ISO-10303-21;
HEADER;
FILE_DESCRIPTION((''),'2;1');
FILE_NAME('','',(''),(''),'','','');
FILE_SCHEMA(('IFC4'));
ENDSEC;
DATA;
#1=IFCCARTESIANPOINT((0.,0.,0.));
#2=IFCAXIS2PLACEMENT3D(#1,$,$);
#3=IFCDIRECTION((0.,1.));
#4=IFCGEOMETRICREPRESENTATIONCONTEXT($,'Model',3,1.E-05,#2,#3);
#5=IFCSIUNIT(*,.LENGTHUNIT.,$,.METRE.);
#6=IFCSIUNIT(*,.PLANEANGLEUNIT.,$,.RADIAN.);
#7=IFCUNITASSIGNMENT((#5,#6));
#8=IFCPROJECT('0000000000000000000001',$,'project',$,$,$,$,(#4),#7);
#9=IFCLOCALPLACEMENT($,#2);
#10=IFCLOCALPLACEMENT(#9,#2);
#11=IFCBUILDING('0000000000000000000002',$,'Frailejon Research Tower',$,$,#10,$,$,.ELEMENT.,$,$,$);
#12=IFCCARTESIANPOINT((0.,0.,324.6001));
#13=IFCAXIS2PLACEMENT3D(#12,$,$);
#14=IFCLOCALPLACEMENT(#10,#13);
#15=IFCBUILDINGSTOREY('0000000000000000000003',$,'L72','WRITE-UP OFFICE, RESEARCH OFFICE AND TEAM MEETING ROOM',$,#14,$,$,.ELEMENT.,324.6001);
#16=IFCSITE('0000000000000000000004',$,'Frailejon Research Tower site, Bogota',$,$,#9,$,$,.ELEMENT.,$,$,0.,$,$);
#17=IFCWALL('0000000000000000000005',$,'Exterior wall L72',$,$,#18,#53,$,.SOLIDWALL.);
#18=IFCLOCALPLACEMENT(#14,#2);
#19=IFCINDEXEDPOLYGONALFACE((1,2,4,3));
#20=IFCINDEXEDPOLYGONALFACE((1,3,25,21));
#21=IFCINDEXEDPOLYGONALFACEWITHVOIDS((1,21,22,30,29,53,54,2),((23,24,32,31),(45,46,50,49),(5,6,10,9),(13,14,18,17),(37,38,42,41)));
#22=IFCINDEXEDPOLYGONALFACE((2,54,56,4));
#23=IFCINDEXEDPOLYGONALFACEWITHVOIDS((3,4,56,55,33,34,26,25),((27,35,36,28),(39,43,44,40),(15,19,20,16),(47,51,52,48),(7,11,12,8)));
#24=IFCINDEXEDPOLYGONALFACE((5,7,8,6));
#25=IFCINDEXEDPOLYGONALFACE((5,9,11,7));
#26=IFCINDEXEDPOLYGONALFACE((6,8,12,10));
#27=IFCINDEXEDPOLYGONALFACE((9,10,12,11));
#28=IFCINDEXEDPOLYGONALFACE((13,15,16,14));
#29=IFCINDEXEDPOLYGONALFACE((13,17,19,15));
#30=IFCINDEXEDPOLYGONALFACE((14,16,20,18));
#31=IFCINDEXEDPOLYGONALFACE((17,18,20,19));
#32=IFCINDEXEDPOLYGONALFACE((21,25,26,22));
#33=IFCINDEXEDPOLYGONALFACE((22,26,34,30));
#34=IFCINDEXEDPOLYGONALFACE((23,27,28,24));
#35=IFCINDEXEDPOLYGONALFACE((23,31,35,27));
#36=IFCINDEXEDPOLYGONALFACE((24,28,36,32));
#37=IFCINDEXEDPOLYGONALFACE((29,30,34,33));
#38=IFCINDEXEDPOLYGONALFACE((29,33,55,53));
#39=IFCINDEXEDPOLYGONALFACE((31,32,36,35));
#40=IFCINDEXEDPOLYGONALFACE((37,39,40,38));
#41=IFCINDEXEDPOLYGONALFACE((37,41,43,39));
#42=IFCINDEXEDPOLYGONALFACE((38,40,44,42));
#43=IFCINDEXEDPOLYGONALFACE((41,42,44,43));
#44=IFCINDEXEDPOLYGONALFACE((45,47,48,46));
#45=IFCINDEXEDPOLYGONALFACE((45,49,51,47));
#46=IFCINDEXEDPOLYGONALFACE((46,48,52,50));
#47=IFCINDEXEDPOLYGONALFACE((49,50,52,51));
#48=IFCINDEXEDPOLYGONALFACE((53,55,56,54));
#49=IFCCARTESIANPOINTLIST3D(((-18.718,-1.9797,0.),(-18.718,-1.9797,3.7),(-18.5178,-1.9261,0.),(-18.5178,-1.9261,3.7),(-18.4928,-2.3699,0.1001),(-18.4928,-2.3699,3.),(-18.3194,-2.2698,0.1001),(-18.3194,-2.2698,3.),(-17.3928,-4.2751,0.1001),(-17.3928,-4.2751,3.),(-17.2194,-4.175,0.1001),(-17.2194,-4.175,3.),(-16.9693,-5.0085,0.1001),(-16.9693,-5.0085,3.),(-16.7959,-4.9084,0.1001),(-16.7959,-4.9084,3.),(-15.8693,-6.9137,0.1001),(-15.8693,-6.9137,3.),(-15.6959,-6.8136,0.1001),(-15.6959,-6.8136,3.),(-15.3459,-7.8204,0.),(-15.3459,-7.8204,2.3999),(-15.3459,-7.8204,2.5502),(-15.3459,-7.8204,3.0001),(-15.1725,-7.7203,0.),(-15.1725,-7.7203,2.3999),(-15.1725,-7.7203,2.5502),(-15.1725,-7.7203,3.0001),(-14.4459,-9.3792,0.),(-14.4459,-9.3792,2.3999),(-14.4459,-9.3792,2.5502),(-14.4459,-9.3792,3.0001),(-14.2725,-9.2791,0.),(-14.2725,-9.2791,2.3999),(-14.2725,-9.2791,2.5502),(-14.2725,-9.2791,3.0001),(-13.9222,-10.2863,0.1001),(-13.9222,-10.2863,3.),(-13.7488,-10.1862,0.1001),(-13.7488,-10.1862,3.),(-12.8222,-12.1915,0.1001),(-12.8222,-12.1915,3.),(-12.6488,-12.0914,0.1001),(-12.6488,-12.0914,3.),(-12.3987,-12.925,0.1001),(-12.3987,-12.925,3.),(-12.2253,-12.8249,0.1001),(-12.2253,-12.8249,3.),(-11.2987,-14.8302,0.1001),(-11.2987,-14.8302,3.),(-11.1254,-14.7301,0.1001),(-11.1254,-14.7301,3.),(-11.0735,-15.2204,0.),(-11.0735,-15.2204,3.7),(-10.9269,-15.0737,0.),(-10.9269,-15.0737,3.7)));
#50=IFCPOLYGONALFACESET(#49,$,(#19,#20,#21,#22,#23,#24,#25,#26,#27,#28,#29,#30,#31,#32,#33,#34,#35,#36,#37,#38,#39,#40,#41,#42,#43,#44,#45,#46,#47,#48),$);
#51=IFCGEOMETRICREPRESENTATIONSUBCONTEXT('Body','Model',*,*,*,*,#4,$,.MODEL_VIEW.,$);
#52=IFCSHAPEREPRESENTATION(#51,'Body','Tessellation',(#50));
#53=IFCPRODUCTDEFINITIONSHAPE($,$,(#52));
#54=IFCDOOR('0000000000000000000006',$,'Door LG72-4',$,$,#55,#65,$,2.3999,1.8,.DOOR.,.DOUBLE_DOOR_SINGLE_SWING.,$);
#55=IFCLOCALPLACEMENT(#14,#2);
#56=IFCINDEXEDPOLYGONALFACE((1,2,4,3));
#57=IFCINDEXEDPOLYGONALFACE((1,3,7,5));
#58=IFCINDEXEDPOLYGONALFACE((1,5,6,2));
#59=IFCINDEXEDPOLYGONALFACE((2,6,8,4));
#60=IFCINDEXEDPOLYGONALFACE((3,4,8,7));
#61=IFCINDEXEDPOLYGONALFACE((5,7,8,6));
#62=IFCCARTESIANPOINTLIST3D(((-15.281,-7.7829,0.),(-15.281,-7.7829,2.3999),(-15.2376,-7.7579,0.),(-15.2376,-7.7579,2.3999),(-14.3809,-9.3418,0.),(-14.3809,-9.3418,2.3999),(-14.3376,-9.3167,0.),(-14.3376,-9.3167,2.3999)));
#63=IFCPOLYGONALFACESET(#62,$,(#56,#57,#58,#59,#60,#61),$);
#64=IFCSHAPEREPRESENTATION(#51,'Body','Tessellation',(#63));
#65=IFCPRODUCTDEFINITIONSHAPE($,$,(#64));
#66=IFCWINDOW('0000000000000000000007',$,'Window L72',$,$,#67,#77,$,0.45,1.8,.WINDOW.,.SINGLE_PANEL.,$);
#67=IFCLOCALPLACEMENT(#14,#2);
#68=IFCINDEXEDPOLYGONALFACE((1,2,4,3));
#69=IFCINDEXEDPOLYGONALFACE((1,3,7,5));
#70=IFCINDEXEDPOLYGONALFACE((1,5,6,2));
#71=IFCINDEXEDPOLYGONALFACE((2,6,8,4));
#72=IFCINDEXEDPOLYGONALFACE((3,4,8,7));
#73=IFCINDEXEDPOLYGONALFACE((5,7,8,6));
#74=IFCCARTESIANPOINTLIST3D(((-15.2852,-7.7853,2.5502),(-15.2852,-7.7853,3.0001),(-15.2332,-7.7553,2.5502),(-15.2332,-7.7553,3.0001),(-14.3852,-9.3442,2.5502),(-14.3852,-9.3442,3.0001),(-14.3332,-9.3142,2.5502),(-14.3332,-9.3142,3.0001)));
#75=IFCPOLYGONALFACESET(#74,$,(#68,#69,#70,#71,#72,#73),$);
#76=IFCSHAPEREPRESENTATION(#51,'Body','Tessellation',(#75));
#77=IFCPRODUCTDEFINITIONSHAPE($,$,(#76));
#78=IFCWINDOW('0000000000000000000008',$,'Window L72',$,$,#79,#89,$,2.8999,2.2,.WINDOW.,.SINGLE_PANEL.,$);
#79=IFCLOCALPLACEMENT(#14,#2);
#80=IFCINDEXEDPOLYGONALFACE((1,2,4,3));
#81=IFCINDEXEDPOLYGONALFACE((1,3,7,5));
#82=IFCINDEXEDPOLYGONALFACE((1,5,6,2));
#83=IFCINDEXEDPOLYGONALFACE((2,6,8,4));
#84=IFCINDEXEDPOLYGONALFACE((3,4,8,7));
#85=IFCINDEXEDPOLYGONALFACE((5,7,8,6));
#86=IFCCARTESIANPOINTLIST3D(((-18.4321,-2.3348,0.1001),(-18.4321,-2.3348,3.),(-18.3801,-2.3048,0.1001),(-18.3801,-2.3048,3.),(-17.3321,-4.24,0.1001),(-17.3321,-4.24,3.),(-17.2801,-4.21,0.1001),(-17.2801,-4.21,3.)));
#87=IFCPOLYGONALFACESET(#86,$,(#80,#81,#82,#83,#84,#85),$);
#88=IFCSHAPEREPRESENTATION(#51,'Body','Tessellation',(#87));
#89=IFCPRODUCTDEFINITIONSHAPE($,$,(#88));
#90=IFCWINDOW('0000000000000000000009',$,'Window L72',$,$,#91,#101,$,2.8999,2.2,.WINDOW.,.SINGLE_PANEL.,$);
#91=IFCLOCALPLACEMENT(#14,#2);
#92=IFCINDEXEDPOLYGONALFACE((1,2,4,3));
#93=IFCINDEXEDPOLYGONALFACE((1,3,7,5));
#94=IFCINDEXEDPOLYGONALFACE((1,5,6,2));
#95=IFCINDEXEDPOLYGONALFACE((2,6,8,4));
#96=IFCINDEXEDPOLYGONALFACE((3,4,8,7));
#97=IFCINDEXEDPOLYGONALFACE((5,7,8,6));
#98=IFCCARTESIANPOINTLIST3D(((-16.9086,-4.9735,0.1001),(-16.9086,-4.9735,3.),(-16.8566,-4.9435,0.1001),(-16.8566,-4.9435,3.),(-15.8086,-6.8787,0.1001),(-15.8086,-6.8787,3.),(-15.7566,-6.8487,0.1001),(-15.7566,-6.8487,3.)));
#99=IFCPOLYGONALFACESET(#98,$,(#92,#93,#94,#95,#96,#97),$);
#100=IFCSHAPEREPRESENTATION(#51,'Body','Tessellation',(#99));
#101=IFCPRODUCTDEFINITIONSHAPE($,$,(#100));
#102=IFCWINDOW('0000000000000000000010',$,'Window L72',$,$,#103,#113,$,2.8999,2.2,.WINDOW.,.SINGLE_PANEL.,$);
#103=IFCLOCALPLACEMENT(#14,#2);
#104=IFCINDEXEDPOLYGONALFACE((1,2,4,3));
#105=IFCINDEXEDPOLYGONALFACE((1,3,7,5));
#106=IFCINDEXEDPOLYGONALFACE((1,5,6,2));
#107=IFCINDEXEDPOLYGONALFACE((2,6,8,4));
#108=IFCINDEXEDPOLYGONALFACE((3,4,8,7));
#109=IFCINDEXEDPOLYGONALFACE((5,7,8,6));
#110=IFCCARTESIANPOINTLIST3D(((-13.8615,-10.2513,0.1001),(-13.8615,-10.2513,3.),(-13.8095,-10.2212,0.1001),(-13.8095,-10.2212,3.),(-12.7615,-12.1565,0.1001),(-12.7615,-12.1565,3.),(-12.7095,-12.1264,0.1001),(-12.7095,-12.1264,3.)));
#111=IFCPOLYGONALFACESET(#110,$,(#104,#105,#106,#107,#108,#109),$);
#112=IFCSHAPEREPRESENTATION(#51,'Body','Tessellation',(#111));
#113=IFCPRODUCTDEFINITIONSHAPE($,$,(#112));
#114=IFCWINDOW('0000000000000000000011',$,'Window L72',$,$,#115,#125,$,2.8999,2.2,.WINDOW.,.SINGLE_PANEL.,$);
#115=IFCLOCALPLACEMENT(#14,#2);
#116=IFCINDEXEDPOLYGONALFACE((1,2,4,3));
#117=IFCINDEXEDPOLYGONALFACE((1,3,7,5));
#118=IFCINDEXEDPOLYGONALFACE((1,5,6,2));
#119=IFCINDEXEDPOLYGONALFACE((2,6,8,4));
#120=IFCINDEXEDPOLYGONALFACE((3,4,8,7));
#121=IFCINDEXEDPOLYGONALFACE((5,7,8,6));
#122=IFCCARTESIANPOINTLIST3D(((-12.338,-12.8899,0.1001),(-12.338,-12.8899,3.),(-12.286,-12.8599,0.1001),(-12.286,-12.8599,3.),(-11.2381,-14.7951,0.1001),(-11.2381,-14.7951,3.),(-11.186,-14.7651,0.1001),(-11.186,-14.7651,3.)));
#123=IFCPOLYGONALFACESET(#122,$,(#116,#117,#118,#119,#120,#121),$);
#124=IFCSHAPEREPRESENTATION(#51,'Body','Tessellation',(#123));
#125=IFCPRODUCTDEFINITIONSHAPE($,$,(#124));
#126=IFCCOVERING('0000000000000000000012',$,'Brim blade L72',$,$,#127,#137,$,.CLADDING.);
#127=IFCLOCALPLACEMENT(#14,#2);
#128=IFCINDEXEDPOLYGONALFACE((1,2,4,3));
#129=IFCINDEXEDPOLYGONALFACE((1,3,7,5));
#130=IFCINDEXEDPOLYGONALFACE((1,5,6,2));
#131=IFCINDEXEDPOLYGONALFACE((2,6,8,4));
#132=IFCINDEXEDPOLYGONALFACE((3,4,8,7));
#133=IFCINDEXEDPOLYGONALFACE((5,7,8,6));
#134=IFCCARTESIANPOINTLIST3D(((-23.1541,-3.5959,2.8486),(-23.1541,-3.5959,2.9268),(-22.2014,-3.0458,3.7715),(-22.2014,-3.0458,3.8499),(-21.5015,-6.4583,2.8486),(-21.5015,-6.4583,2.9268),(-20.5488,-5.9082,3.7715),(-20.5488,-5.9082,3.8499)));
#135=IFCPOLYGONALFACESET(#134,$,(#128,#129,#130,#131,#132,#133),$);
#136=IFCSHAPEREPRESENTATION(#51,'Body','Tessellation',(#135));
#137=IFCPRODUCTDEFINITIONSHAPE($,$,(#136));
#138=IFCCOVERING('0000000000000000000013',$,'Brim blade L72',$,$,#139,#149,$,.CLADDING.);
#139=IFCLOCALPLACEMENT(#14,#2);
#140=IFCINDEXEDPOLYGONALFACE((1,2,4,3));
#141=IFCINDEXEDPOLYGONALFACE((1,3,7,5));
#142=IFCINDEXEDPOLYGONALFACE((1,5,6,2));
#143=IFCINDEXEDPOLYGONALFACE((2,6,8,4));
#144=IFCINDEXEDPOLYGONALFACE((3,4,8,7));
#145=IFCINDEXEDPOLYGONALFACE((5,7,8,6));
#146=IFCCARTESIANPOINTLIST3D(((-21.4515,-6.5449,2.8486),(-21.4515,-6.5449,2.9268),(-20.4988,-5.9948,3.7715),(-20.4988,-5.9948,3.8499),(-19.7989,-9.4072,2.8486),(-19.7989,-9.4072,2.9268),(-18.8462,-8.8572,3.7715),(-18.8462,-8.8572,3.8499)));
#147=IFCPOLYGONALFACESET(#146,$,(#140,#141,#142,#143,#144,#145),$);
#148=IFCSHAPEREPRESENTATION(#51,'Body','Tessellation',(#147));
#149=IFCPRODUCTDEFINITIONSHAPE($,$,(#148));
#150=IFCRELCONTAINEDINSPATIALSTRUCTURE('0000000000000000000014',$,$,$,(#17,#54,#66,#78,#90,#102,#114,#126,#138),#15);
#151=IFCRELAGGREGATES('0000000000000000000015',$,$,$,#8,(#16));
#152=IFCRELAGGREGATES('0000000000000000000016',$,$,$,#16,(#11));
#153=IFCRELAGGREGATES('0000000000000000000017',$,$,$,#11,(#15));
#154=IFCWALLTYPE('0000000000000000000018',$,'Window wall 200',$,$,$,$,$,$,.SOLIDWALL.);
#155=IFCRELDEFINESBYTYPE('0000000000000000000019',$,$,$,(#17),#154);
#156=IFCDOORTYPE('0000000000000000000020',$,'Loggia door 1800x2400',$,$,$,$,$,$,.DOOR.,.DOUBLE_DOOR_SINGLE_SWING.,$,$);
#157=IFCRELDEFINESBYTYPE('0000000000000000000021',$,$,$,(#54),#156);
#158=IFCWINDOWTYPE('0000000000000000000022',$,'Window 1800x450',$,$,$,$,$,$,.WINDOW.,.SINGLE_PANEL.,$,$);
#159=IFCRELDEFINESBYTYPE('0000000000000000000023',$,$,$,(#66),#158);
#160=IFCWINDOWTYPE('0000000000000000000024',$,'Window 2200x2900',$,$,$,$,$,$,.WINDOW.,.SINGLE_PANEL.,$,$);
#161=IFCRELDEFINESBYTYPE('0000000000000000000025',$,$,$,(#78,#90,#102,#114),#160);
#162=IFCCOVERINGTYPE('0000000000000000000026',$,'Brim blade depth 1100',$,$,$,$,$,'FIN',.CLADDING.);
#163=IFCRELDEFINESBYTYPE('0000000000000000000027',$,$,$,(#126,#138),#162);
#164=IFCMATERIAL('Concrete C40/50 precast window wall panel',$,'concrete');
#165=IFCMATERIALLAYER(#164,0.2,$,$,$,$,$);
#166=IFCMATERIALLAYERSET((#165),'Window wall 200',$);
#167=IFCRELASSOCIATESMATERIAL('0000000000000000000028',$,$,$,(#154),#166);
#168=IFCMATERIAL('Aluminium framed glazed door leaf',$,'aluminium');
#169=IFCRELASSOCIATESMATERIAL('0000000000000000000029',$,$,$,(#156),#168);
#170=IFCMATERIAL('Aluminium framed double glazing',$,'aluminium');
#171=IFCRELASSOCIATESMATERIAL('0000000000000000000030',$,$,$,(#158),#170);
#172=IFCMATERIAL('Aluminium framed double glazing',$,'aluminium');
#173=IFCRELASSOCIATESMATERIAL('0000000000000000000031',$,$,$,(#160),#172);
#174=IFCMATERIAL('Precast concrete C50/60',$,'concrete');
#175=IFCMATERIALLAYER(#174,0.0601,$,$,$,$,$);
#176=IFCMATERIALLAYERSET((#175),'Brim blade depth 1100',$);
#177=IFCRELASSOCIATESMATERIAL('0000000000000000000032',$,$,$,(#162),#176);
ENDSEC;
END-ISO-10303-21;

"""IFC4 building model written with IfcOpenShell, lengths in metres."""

from ifc_helpers import new_model, si_unit, direction, frame, frame_2d, origin, place, context, subcontext, project, spatial, polyline, rectangle, outline, extrude, material, layer, layer_set, type_object, element, fill, save


model = new_model("IFC4")

# Units and contexts
model_context = context("Model", 3, precision=1e-05, world=origin(), true_north=direction((0.0, 1.0)))
body_context = subcontext(model_context, "Body", "Model", "MODEL_VIEW")
ifc_project = project(units=[si_unit("LENGTHUNIT", "METRE"), si_unit("PLANEANGLEUNIT", "RADIAN")], contexts=[model_context])

# Site, building, storey
site_placement = place(None, origin())
site = spatial("IfcSite", under=ifc_project, at=site_placement, Name="Frailejon Research Tower site, Bogota", CompositionType="ELEMENT", RefElevation=0.0)
building_placement = place(site_placement, origin())
building = spatial("IfcBuilding", under=site, at=building_placement, Name="Frailejon Research Tower", CompositionType="ELEMENT")
storey_placement = place(building_placement, frame((0.0, 0.0, 324.6001)))
storey = spatial("IfcBuildingStorey", under=building, at=storey_placement, Name="L72", Description="WRITE-UP OFFICE, RESEARCH OFFICE AND TEAM MEETING ROOM", CompositionType="ELEMENT", Elevation=324.6001)

# Wall, openings, door, windows
ifc_material_1 = material(Name="Concrete C40/50 precast window wall panel", Category="concrete")
ifc_layer_1 = layer(ifc_material_1, 0.2)
ifc_layer_set_1 = layer_set([ifc_layer_1], Name="Window wall 200")
wall_type_1 = type_object("IfcWallType", Name="Window wall 200", PredefinedType="SOLIDWALL", material=ifc_layer_set_1)
wall_1_placement = place(storey_placement, frame((-18.6179, -1.9529, 0.0), z_axis=(0.0, 0.0, 1.0), x_axis=(0.500003, -0.866024, 0.0)))
wall_1 = element("IfcWall", 1, at=wall_1_placement, inside=storey, type_object=wall_type_1, Name="Exterior wall L72", PredefinedType="SOLIDWALL", context=body_context, shape_type="SweptSolid", body=[
    extrude(outline(polyline([(-0.0269, -0.1001), (0.9924, -0.1001), (2.0117, -0.1001), (3.031, -0.1001), (4.0503, -0.1001), (5.0696, -0.1001), (6.0889, -0.1001), (7.1082, -0.1001), (8.1272, -0.1001), (9.1465, -0.1001), (10.1658, -0.1001), (11.1851, -0.1001), (12.2043, -0.1001), (13.2236, -0.1001), (14.2429, -0.1001), (15.2622, -0.1001), (15.2085, 0.1001), (14.1963, 0.1001), (13.1843, 0.1001), (12.1721, 0.1001), (11.1602, 0.1001), (10.1479, 0.1001), (9.1357, 0.1001), (8.1238, 0.1001), (7.1116, 0.1001), (6.0996, 0.1001), (5.0874, 0.1001), (4.0752, 0.1001), (3.0632, 0.1001), (2.051, 0.1001), (1.0391, 0.1001), (0.0269, 0.1001), (-0.0269, -0.1001)])), origin(), (0.0, 0.0, 1.0), 3.7),
])
opening_1_placement = place(wall_1_placement, frame((0.4236, 0.0, 0.1001)))
opening_1 = element("IfcOpeningElement", 2, at=opening_1_placement, cuts=wall_1, PredefinedType="OPENING", context=body_context, shape_type="SweptSolid", body=[
    extrude(rectangle(XDim=2.2, YDim=2.8999, at=frame_2d((1.1001, 1.45))), frame((0.0, 0.1099, 0.0), z_axis=(0.0, -1.0, 0.0), x_axis=(1.0, 0.0, 0.0)), (0.0, 0.0, 1.0), 0.22),
])
opening_2_placement = place(wall_1_placement, frame((3.4705, 0.0, 0.1001)))
opening_2 = element("IfcOpeningElement", 3, at=opening_2_placement, cuts=wall_1, PredefinedType="OPENING", context=body_context, shape_type="SweptSolid", body=[
    extrude(rectangle(XDim=2.2, YDim=2.8999, at=frame_2d((1.1001, 1.45))), frame((0.0, 0.1099, 0.0), z_axis=(0.0, -1.0, 0.0), x_axis=(1.0, 0.0, 0.0)), (0.0, 0.0, 1.0), 0.22),
])
opening_3_placement = place(wall_1_placement, frame((6.7175, 0.0, 0.0)))
opening_3 = element("IfcOpeningElement", 4, at=opening_3_placement, cuts=wall_1, PredefinedType="OPENING", context=body_context, shape_type="SweptSolid", body=[
    extrude(rectangle(XDim=1.8, YDim=2.3999, at=frame_2d((0.8999, 1.2))), frame((0.0, 0.1099, 0.0), z_axis=(0.0, -1.0, 0.0), x_axis=(1.0, 0.0, 0.0)), (0.0, 0.0, 1.0), 0.22),
])
opening_4_placement = place(wall_1_placement, frame((6.7175, 0.0, 2.55)))
opening_4 = element("IfcOpeningElement", 5, at=opening_4_placement, cuts=wall_1, PredefinedType="OPENING", context=body_context, shape_type="SweptSolid", body=[
    extrude(rectangle(XDim=1.8, YDim=0.45, at=frame_2d((0.8999, 0.2251))), frame((0.0, 0.1099, 0.0), z_axis=(0.0, -1.0, 0.0), x_axis=(1.0, 0.0, 0.0)), (0.0, 0.0, 1.0), 0.22),
])
opening_5_placement = place(wall_1_placement, frame((9.5647, 0.0, 0.1001)))
opening_5 = element("IfcOpeningElement", 6, at=opening_5_placement, cuts=wall_1, PredefinedType="OPENING", context=body_context, shape_type="SweptSolid", body=[
    extrude(rectangle(XDim=2.2, YDim=2.8999, at=frame_2d((1.1001, 1.45))), frame((0.0, 0.1099, 0.0), z_axis=(0.0, -1.0, 0.0), x_axis=(1.0, 0.0, 0.0)), (0.0, 0.0, 1.0), 0.22),
])
opening_6_placement = place(wall_1_placement, frame((12.6116, 0.0, 0.1001)))
opening_6 = element("IfcOpeningElement", 7, at=opening_6_placement, cuts=wall_1, PredefinedType="OPENING", context=body_context, shape_type="SweptSolid", body=[
    extrude(rectangle(XDim=2.2, YDim=2.8999, at=frame_2d((1.1001, 1.45))), frame((0.0, 0.1099, 0.0), z_axis=(0.0, -1.0, 0.0), x_axis=(1.0, 0.0, 0.0)), (0.0, 0.0, 1.0), 0.22),
])
ifc_material_2 = material(Name="Aluminium framed glazed door leaf", Category="aluminium")
door_type = type_object("IfcDoorType", Name="Loggia door 1800x2400", OperationType="DOUBLE_DOOR_SINGLE_SWING", PredefinedType="DOOR", material=ifc_material_2)
door_placement = place(opening_3_placement, origin())
door = element("IfcDoor", 8, at=door_placement, inside=storey, type_object=door_type, Name="Door LG72-4", OperationType="DOUBLE_DOOR_SINGLE_SWING", OverallHeight=2.3999, OverallWidth=1.8, PredefinedType="DOOR", context=body_context, shape_type="SweptSolid", body=[
    extrude(rectangle(XDim=1.8, YDim=2.3999, at=frame_2d((0.8999, 1.2))), frame((0.0, 0.0249, 0.0), z_axis=(0.0, -1.0, 0.0), x_axis=(1.0, 0.0, 0.0)), (0.0, 0.0, 1.0), 0.05),
])
fill(opening_3, door)
ifc_material_3 = material(Name="Aluminium framed double glazing", Category="aluminium")
window_type_1 = type_object("IfcWindowType", Name="Window 1800x450", PartitioningType="SINGLE_PANEL", PredefinedType="WINDOW", material=ifc_material_3)
window_1_placement = place(opening_4_placement, origin())
window_1 = element("IfcWindow", 9, at=window_1_placement, inside=storey, type_object=window_type_1, Name="Window L72", OverallHeight=0.45, OverallWidth=1.8, PartitioningType="SINGLE_PANEL", PredefinedType="WINDOW", context=body_context, shape_type="SweptSolid", body=[
    extrude(rectangle(XDim=1.8, YDim=0.45, at=frame_2d((0.8999, 0.2251))), frame((0.0, 0.03, 0.0), z_axis=(0.0, -1.0, 0.0), x_axis=(1.0, 0.0, 0.0)), (0.0, 0.0, 1.0), 0.0601),
])
fill(opening_4, window_1)
ifc_material_4 = material(Name="Aluminium framed double glazing", Category="aluminium")
window_type_2 = type_object("IfcWindowType", Name="Window 2200x2900", PartitioningType="SINGLE_PANEL", PredefinedType="WINDOW", material=ifc_material_4)
window_2_placement = place(opening_1_placement, origin())
window_2 = element("IfcWindow", 10, at=window_2_placement, inside=storey, type_object=window_type_2, Name="Window L72", OverallHeight=2.8999, OverallWidth=2.2, PartitioningType="SINGLE_PANEL", PredefinedType="WINDOW", context=body_context, shape_type="SweptSolid", body=[
    extrude(rectangle(XDim=2.2, YDim=2.8999, at=frame_2d((1.1001, 1.45))), frame((0.0, 0.03, 0.0), z_axis=(0.0, -1.0, 0.0), x_axis=(1.0, 0.0, 0.0)), (0.0, 0.0, 1.0), 0.0601),
])
fill(opening_1, window_2)
window_3_placement = place(opening_2_placement, origin())
window_3 = element("IfcWindow", 11, at=window_3_placement, inside=storey, type_object=window_type_2, Name="Window L72", OverallHeight=2.8999, OverallWidth=2.2, PartitioningType="SINGLE_PANEL", PredefinedType="WINDOW", context=body_context, shape_type="SweptSolid", body=[
    extrude(rectangle(XDim=2.2, YDim=2.8999, at=frame_2d((1.1001, 1.45))), frame((0.0, 0.03, 0.0), z_axis=(0.0, -1.0, 0.0), x_axis=(1.0, 0.0, 0.0)), (0.0, 0.0, 1.0), 0.0601),
])
fill(opening_2, window_3)
window_4_placement = place(opening_5_placement, origin())
window_4 = element("IfcWindow", 12, at=window_4_placement, inside=storey, type_object=window_type_2, Name="Window L72", OverallHeight=2.8999, OverallWidth=2.2, PartitioningType="SINGLE_PANEL", PredefinedType="WINDOW", context=body_context, shape_type="SweptSolid", body=[
    extrude(rectangle(XDim=2.2, YDim=2.8999, at=frame_2d((1.1001, 1.45))), frame((0.0, 0.03, 0.0), z_axis=(0.0, -1.0, 0.0), x_axis=(1.0, 0.0, 0.0)), (0.0, 0.0, 1.0), 0.0601),
])
fill(opening_5, window_4)
window_5_placement = place(opening_6_placement, origin())
window_5 = element("IfcWindow", 13, at=window_5_placement, inside=storey, type_object=window_type_2, Name="Window L72", OverallHeight=2.8999, OverallWidth=2.2, PartitioningType="SINGLE_PANEL", PredefinedType="WINDOW", context=body_context, shape_type="SweptSolid", body=[
    extrude(rectangle(XDim=2.2, YDim=2.8999, at=frame_2d((1.1001, 1.45))), frame((0.0, 0.03, 0.0), z_axis=(0.0, -1.0, 0.0), x_axis=(1.0, 0.0, 0.0)), (0.0, 0.0, 1.0), 0.0601),
])
fill(opening_6, window_5)

# Coverings
ifc_material_5 = material(Name="Precast concrete C50/60", Category="concrete")
ifc_layer_2 = layer(ifc_material_5, 0.0601)
ifc_layer_set_2 = layer_set([ifc_layer_2], Name="Brim blade depth 1100")
covering_type_1 = type_object("IfcCoveringType", Name="Brim blade depth 1100", ElementType="FIN", PredefinedType="CLADDING", material=ifc_layer_set_2)
for number, where, z_axis, x_axis, name in (
    (14, (-20.5488, -5.9082, 3.8499), (-0.499999, 0.866026, 0.0), (-0.866026, -0.499999, 0.0), "Brim blade L72"),
    (15, (-18.8462, -8.8572, 3.8499), (-0.499999, 0.866026, 0.0), (-0.866026, -0.499999, 0.0), "Brim blade L72"),
):
    element("IfcCovering", number, at=place(storey_placement, frame(where, z_axis=z_axis, x_axis=x_axis)), inside=storey, type_object=covering_type_1, Name=name, PredefinedType="CLADDING", context=body_context, shape_type="SweptSolid", body=[
        extrude(outline(polyline([(0.0, -0.0784), (1.1001, -1.0012), (1.1001, -0.9231), (0.0, 0.0), (0.0, -0.0784)])), origin(), (0.0, 0.0, 1.0), 3.3052),
    ])

save(model, "model.ifc")
